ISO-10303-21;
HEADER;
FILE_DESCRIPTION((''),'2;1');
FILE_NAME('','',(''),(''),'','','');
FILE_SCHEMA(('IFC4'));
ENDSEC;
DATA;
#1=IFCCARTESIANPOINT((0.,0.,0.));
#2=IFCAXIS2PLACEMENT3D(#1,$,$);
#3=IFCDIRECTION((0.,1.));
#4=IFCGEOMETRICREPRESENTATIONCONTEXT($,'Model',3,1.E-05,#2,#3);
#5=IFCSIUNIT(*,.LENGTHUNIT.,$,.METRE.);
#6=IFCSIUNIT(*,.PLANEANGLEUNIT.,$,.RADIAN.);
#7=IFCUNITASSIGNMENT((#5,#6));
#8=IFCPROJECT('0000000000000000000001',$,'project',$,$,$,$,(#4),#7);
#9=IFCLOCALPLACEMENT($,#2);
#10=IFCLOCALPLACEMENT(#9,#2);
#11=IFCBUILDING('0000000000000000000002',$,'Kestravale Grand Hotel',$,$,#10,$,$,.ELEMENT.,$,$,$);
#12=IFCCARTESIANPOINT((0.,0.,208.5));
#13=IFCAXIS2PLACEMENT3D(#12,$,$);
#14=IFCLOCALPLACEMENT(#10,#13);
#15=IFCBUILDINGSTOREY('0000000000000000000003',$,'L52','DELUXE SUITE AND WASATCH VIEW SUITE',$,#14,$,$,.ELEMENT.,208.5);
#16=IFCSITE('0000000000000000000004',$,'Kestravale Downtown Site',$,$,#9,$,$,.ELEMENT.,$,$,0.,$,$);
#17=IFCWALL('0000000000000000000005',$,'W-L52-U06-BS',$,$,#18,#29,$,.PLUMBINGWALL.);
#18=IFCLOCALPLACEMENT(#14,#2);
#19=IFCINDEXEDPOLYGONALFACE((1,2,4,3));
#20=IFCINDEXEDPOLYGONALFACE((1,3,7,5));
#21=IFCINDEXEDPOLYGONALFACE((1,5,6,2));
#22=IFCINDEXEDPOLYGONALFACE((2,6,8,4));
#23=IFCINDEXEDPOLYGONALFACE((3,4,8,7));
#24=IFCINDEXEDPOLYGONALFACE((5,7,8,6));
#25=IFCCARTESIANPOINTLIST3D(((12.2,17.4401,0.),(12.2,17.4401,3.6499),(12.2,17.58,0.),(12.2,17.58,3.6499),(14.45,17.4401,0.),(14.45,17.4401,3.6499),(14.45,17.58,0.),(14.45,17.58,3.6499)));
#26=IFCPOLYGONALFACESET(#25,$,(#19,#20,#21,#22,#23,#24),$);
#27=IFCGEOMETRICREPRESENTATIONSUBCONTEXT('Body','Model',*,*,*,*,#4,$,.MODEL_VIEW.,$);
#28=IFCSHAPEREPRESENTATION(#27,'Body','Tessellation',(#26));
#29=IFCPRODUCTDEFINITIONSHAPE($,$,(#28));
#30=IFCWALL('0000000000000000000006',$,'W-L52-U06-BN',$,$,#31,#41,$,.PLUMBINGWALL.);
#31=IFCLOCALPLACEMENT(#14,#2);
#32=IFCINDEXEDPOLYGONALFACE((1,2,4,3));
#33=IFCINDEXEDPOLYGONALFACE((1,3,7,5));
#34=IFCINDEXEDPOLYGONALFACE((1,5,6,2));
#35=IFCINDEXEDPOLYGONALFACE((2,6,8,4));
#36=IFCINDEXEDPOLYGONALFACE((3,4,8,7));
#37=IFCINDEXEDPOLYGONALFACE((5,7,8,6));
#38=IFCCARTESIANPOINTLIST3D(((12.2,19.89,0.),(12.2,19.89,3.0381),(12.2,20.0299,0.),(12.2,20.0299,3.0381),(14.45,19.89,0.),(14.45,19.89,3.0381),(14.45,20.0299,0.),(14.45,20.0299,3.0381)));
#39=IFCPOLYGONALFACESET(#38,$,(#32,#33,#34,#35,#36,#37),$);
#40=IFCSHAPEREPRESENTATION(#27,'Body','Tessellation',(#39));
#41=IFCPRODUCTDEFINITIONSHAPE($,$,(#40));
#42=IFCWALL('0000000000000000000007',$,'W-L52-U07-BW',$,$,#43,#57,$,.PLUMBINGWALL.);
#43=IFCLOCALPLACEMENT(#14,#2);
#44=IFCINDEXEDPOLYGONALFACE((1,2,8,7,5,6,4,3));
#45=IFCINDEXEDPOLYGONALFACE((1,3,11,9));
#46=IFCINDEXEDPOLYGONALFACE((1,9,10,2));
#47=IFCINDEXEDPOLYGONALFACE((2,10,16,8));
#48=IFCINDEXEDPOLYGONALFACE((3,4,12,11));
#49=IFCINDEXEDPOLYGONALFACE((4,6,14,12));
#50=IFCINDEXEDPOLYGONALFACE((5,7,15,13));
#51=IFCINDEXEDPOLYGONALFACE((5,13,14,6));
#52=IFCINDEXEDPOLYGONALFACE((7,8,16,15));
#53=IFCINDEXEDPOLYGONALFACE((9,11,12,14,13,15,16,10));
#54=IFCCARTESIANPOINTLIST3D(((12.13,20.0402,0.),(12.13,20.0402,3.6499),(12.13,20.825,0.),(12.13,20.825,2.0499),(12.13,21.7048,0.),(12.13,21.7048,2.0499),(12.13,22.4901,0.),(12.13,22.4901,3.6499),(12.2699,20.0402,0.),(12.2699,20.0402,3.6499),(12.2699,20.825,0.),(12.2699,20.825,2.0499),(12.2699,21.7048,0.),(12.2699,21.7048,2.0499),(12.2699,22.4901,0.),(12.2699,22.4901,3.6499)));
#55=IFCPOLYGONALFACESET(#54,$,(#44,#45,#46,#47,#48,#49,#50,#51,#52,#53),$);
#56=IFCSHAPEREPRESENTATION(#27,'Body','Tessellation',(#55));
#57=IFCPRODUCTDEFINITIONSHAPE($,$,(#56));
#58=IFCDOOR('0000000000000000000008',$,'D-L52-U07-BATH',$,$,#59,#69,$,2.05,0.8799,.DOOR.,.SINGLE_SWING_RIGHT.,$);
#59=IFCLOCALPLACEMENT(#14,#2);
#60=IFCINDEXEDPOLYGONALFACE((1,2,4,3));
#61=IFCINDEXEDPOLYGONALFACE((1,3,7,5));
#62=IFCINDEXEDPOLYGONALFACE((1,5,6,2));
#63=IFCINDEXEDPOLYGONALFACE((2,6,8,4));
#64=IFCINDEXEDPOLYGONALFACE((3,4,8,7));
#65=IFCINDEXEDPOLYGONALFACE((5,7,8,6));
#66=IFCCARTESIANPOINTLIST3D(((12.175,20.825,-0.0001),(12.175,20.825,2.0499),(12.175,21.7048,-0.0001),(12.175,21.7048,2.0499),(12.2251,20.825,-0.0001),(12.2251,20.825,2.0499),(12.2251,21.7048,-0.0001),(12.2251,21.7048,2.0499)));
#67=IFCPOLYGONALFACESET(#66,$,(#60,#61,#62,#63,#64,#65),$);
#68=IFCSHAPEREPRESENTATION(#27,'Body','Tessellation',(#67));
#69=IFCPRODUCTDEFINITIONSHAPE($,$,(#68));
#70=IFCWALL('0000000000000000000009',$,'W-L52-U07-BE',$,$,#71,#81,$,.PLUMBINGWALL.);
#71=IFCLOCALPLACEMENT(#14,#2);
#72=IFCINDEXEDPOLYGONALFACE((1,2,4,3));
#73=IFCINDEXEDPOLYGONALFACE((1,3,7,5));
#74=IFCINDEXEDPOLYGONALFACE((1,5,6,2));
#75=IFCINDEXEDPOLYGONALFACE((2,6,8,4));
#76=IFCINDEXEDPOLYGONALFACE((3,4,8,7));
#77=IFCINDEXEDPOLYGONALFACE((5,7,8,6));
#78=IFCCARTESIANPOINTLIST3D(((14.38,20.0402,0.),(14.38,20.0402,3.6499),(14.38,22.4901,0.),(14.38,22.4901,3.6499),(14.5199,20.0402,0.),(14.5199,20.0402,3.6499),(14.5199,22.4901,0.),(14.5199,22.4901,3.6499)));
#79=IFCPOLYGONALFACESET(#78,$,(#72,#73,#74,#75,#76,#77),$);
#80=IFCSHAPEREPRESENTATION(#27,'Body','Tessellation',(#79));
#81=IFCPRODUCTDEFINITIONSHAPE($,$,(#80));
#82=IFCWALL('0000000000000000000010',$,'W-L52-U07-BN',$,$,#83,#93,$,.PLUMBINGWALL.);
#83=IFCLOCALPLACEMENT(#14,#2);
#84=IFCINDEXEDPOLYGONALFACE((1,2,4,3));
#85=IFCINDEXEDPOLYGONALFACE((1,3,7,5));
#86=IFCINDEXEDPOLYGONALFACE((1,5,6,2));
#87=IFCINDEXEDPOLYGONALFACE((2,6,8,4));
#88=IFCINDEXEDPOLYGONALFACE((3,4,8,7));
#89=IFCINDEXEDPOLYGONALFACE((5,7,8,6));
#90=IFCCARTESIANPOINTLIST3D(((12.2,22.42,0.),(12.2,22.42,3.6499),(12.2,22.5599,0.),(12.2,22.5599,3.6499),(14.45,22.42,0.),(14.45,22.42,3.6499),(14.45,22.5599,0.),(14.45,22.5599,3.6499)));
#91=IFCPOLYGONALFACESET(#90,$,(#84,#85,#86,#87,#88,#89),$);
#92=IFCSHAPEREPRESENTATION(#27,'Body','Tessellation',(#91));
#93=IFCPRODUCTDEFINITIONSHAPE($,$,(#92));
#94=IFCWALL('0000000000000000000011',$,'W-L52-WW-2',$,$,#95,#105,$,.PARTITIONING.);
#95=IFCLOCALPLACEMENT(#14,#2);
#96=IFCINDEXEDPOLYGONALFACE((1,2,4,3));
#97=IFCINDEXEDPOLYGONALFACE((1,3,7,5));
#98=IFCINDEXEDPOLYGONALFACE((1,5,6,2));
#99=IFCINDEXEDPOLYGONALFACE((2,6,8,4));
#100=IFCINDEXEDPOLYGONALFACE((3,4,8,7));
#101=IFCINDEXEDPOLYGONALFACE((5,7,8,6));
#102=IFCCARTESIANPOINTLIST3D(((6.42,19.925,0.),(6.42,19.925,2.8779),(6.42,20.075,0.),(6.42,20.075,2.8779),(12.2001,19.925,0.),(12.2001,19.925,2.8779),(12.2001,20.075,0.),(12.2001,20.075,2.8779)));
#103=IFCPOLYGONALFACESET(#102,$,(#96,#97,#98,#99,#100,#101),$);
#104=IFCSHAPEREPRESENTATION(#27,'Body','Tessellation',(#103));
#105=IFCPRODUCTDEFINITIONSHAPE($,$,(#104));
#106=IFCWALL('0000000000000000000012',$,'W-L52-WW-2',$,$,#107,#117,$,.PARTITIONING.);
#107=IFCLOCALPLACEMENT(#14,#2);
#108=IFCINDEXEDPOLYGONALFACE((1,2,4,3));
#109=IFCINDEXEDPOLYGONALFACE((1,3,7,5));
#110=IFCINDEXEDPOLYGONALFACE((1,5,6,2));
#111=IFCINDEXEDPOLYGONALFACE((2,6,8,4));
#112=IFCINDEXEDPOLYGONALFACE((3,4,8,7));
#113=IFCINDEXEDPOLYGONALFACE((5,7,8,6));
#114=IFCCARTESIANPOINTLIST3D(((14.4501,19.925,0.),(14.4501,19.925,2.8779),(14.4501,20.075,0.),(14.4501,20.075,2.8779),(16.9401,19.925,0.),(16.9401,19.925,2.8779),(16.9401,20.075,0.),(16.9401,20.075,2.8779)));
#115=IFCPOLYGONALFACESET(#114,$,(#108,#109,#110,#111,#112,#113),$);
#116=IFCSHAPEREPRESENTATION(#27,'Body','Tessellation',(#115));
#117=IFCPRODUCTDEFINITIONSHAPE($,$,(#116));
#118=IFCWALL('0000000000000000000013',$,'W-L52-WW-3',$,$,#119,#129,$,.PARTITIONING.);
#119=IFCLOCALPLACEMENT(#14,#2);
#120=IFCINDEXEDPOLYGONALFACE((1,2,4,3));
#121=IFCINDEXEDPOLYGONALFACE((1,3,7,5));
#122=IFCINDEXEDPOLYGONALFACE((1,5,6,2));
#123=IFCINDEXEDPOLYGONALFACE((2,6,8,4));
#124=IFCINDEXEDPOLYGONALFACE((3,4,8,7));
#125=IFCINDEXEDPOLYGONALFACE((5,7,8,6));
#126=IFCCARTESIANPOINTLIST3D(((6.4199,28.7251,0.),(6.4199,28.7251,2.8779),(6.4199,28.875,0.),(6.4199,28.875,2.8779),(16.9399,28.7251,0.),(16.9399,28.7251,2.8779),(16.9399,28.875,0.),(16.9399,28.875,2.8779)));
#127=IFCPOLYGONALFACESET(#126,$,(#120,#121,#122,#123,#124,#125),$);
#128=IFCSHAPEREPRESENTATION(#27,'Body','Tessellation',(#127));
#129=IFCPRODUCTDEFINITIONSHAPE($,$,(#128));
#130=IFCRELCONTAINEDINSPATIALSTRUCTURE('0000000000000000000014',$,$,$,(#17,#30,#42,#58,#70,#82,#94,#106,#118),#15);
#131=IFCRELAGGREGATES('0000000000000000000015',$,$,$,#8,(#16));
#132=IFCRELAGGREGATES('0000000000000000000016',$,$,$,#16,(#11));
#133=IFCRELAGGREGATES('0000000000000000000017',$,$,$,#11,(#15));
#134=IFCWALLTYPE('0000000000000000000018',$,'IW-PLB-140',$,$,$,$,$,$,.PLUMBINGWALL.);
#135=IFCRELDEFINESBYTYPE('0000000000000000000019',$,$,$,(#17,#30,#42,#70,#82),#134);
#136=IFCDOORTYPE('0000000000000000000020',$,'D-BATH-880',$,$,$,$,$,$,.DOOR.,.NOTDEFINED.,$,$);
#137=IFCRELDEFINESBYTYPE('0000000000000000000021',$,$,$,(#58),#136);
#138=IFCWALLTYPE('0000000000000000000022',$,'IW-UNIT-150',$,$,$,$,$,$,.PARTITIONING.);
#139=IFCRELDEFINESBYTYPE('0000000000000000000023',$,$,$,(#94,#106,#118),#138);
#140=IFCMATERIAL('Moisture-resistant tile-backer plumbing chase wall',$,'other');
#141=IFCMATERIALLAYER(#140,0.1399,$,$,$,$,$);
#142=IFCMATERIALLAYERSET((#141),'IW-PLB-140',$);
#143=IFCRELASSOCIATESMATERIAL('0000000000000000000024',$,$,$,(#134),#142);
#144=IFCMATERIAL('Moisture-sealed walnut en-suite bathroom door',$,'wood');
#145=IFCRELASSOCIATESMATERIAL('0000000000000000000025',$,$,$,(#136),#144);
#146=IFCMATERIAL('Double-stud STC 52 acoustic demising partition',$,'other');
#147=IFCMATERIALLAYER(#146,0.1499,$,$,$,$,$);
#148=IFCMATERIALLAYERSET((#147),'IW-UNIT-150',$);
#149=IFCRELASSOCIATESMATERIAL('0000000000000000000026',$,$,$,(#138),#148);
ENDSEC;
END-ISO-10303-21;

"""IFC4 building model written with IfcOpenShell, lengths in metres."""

from ifc_helpers import new_model, si_unit, direction, frame, frame_2d, origin, place, context, subcontext, project, spatial, rectangle, extrude, material, layer, layer_set, type_object, element, fill, save


model = new_model("IFC4")

# Units and contexts
model_context = context("Model", 3, precision=1e-05, world=origin(), true_north=direction((0.0, 1.0)))
body_context = subcontext(model_context, "Body", "Model", "MODEL_VIEW")
ifc_project = project(units=[si_unit("LENGTHUNIT", "METRE"), si_unit("PLANEANGLEUNIT", "RADIAN")], contexts=[model_context])

# Site, building, storey
site_placement = place(None, origin())
site = spatial("IfcSite", under=ifc_project, at=site_placement, Name="Kestravale Downtown Site", CompositionType="ELEMENT", RefElevation=0.0)
building_placement = place(site_placement, origin())
building = spatial("IfcBuilding", under=site, at=building_placement, Name="Kestravale Grand Hotel", CompositionType="ELEMENT")
storey_placement = place(building_placement, frame((0.0, 0.0, 208.5)))
storey = spatial("IfcBuildingStorey", under=building, at=storey_placement, Name="L52", Description="DELUXE SUITE AND WASATCH VIEW SUITE", CompositionType="ELEMENT", Elevation=208.5)

# Shared definitions
ifc_material_1 = material(Name="Moisture-resistant tile-backer plumbing chase wall", Category="other")
ifc_layer_1 = layer(ifc_material_1, 0.1399)
ifc_layer_set_1 = layer_set([ifc_layer_1], Name="IW-PLB-140")
wall_type_1 = type_object("IfcWallType", Name="IW-PLB-140", PredefinedType="PLUMBINGWALL", material=ifc_layer_set_1)
ifc_material_2 = material(Name="Moisture-sealed walnut en-suite bathroom door", Category="wood")
door_type = type_object("IfcDoorType", Name="D-BATH-880", OperationType="NOTDEFINED", PredefinedType="DOOR", material=ifc_material_2)

# Walls
wall_1_placement = place(storey_placement, frame((12.2, 17.51, 0.0), z_axis=(0.0, 0.0, 1.0), x_axis=(1.0, 0.0, 0.0)))
element("IfcWall", 1, at=wall_1_placement, inside=storey, type_object=wall_type_1, Name="W-L52-U06-BS", PredefinedType="PLUMBINGWALL", context=body_context, shape_type="SweptSolid", body=[
    extrude(rectangle(XDim=2.25, YDim=0.1399, at=frame_2d((1.125, 0.0))), origin(), (0.0, 0.0, 1.0), 3.6499),
])
wall_2_placement = place(storey_placement, frame((12.2, 19.96, 0.0), z_axis=(0.0, 0.0, 1.0), x_axis=(1.0, 0.0, 0.0)))
element("IfcWall", 2, at=wall_2_placement, inside=storey, type_object=wall_type_1, Name="W-L52-U06-BN", PredefinedType="PLUMBINGWALL", context=body_context, shape_type="SweptSolid", body=[
    extrude(rectangle(XDim=2.25, YDim=0.1399, at=frame_2d((1.125, 0.0))), origin(), (0.0, 0.0, 1.0), 3.0381),
])

# Wall, opening, door
wall_3_placement = place(storey_placement, frame((12.2, 20.04, 0.0), z_axis=(0.0, 0.0, 1.0), x_axis=(0.0, 1.0, 0.0)))
wall_3 = element("IfcWall", 3, at=wall_3_placement, inside=storey, type_object=wall_type_1, Name="W-L52-U07-BW", PredefinedType="PLUMBINGWALL", context=body_context, shape_type="SweptSolid", body=[
    extrude(rectangle(XDim=2.45, YDim=0.1399, at=frame_2d((1.2251, 0.0))), origin(), (0.0, 0.0, 1.0), 3.6499),
])
opening_1_placement = place(wall_3_placement, frame((0.7849, 0.0, 0.0)))
opening_1 = element("IfcOpeningElement", 4, at=opening_1_placement, cuts=wall_3, PredefinedType="OPENING", context=body_context, shape_type="SweptSolid", body=[
    extrude(rectangle(XDim=0.8799, YDim=2.05, at=frame_2d((0.4399, 1.0249))), frame((0.0, 0.0798, 0.0), z_axis=(0.0, -1.0, 0.0), x_axis=(1.0, 0.0, 0.0)), (0.0, 0.0, 1.0), 0.1599),
])
door_1_placement = place(opening_1_placement, origin())
door_1 = element("IfcDoor", 5, at=door_1_placement, inside=storey, type_object=door_type, Name="D-L52-U07-BATH", OperationType="SINGLE_SWING_RIGHT", OverallHeight=2.05, OverallWidth=0.8799, PredefinedType="DOOR", context=body_context, shape_type="SweptSolid", body=[
    extrude(rectangle(XDim=0.8799, YDim=2.05, at=frame_2d((0.4399, 1.0249))), frame((0.0, 0.0249, 0.0), z_axis=(0.0, -1.0, 0.0), x_axis=(1.0, 0.0, 0.0)), (0.0, 0.0, 1.0), 0.05),
])
fill(opening_1, door_1)

# Walls
wall_4_placement = place(storey_placement, frame((14.45, 20.04, 0.0), z_axis=(0.0, 0.0, 1.0), x_axis=(0.0, 1.0, 0.0)))
element("IfcWall", 6, at=wall_4_placement, inside=storey, type_object=wall_type_1, Name="W-L52-U07-BE", PredefinedType="PLUMBINGWALL", context=body_context, shape_type="SweptSolid", body=[
    extrude(rectangle(XDim=2.45, YDim=0.1399, at=frame_2d((1.2251, 0.0))), origin(), (0.0, 0.0, 1.0), 3.6499),
])
wall_5_placement = place(storey_placement, frame((12.2, 22.49, 0.0), z_axis=(0.0, 0.0, 1.0), x_axis=(1.0, 0.0, 0.0)))
element("IfcWall", 7, at=wall_5_placement, inside=storey, type_object=wall_type_1, Name="W-L52-U07-BN", PredefinedType="PLUMBINGWALL", context=body_context, shape_type="SweptSolid", body=[
    extrude(rectangle(XDim=2.25, YDim=0.1399, at=frame_2d((1.125, 0.0))), origin(), (0.0, 0.0, 1.0), 3.6499),
])
ifc_material_3 = material(Name="Double-stud STC 52 acoustic demising partition", Category="other")
ifc_layer_2 = layer(ifc_material_3, 0.1499)
ifc_layer_set_2 = layer_set([ifc_layer_2], Name="IW-UNIT-150")
wall_type_2 = type_object("IfcWallType", Name="IW-UNIT-150", PredefinedType="PARTITIONING", material=ifc_layer_set_2)
wall_6_placement = place(storey_placement, frame((6.4199, 20.0, 0.0), z_axis=(0.0, 0.0, 1.0), x_axis=(1.0, 0.0, 0.0)))
element("IfcWall", 8, at=wall_6_placement, inside=storey, type_object=wall_type_2, Name="W-L52-WW-2", PredefinedType="PARTITIONING", context=body_context, shape_type="SweptSolid", body=[
    extrude(rectangle(XDim=5.78, YDim=0.1499, at=frame_2d((2.8901, 0.0))), origin(), (0.0, 0.0, 1.0), 2.8779),
])
wall_7_placement = place(storey_placement, frame((14.45, 20.0, 0.0), z_axis=(0.0, 0.0, 1.0), x_axis=(1.0, 0.0, 0.0)))
element("IfcWall", 9, at=wall_7_placement, inside=storey, type_object=wall_type_2, Name="W-L52-WW-2", PredefinedType="PARTITIONING", context=body_context, shape_type="SweptSolid", body=[
    extrude(rectangle(XDim=2.49, YDim=0.1499, at=frame_2d((1.2451, 0.0))), origin(), (0.0, 0.0, 1.0), 2.8779),
])
wall_8_placement = place(storey_placement, frame((6.4199, 28.8, 0.0), z_axis=(0.0, 0.0, 1.0), x_axis=(1.0, 0.0, 0.0)))
element("IfcWall", 10, at=wall_8_placement, inside=storey, type_object=wall_type_2, Name="W-L52-WW-3", PredefinedType="PARTITIONING", context=body_context, shape_type="SweptSolid", body=[
    extrude(rectangle(XDim=10.52, YDim=0.1499, at=frame_2d((5.26, 0.0))), origin(), (0.0, 0.0, 1.0), 2.8779),
])

save(model, "model.ifc")
